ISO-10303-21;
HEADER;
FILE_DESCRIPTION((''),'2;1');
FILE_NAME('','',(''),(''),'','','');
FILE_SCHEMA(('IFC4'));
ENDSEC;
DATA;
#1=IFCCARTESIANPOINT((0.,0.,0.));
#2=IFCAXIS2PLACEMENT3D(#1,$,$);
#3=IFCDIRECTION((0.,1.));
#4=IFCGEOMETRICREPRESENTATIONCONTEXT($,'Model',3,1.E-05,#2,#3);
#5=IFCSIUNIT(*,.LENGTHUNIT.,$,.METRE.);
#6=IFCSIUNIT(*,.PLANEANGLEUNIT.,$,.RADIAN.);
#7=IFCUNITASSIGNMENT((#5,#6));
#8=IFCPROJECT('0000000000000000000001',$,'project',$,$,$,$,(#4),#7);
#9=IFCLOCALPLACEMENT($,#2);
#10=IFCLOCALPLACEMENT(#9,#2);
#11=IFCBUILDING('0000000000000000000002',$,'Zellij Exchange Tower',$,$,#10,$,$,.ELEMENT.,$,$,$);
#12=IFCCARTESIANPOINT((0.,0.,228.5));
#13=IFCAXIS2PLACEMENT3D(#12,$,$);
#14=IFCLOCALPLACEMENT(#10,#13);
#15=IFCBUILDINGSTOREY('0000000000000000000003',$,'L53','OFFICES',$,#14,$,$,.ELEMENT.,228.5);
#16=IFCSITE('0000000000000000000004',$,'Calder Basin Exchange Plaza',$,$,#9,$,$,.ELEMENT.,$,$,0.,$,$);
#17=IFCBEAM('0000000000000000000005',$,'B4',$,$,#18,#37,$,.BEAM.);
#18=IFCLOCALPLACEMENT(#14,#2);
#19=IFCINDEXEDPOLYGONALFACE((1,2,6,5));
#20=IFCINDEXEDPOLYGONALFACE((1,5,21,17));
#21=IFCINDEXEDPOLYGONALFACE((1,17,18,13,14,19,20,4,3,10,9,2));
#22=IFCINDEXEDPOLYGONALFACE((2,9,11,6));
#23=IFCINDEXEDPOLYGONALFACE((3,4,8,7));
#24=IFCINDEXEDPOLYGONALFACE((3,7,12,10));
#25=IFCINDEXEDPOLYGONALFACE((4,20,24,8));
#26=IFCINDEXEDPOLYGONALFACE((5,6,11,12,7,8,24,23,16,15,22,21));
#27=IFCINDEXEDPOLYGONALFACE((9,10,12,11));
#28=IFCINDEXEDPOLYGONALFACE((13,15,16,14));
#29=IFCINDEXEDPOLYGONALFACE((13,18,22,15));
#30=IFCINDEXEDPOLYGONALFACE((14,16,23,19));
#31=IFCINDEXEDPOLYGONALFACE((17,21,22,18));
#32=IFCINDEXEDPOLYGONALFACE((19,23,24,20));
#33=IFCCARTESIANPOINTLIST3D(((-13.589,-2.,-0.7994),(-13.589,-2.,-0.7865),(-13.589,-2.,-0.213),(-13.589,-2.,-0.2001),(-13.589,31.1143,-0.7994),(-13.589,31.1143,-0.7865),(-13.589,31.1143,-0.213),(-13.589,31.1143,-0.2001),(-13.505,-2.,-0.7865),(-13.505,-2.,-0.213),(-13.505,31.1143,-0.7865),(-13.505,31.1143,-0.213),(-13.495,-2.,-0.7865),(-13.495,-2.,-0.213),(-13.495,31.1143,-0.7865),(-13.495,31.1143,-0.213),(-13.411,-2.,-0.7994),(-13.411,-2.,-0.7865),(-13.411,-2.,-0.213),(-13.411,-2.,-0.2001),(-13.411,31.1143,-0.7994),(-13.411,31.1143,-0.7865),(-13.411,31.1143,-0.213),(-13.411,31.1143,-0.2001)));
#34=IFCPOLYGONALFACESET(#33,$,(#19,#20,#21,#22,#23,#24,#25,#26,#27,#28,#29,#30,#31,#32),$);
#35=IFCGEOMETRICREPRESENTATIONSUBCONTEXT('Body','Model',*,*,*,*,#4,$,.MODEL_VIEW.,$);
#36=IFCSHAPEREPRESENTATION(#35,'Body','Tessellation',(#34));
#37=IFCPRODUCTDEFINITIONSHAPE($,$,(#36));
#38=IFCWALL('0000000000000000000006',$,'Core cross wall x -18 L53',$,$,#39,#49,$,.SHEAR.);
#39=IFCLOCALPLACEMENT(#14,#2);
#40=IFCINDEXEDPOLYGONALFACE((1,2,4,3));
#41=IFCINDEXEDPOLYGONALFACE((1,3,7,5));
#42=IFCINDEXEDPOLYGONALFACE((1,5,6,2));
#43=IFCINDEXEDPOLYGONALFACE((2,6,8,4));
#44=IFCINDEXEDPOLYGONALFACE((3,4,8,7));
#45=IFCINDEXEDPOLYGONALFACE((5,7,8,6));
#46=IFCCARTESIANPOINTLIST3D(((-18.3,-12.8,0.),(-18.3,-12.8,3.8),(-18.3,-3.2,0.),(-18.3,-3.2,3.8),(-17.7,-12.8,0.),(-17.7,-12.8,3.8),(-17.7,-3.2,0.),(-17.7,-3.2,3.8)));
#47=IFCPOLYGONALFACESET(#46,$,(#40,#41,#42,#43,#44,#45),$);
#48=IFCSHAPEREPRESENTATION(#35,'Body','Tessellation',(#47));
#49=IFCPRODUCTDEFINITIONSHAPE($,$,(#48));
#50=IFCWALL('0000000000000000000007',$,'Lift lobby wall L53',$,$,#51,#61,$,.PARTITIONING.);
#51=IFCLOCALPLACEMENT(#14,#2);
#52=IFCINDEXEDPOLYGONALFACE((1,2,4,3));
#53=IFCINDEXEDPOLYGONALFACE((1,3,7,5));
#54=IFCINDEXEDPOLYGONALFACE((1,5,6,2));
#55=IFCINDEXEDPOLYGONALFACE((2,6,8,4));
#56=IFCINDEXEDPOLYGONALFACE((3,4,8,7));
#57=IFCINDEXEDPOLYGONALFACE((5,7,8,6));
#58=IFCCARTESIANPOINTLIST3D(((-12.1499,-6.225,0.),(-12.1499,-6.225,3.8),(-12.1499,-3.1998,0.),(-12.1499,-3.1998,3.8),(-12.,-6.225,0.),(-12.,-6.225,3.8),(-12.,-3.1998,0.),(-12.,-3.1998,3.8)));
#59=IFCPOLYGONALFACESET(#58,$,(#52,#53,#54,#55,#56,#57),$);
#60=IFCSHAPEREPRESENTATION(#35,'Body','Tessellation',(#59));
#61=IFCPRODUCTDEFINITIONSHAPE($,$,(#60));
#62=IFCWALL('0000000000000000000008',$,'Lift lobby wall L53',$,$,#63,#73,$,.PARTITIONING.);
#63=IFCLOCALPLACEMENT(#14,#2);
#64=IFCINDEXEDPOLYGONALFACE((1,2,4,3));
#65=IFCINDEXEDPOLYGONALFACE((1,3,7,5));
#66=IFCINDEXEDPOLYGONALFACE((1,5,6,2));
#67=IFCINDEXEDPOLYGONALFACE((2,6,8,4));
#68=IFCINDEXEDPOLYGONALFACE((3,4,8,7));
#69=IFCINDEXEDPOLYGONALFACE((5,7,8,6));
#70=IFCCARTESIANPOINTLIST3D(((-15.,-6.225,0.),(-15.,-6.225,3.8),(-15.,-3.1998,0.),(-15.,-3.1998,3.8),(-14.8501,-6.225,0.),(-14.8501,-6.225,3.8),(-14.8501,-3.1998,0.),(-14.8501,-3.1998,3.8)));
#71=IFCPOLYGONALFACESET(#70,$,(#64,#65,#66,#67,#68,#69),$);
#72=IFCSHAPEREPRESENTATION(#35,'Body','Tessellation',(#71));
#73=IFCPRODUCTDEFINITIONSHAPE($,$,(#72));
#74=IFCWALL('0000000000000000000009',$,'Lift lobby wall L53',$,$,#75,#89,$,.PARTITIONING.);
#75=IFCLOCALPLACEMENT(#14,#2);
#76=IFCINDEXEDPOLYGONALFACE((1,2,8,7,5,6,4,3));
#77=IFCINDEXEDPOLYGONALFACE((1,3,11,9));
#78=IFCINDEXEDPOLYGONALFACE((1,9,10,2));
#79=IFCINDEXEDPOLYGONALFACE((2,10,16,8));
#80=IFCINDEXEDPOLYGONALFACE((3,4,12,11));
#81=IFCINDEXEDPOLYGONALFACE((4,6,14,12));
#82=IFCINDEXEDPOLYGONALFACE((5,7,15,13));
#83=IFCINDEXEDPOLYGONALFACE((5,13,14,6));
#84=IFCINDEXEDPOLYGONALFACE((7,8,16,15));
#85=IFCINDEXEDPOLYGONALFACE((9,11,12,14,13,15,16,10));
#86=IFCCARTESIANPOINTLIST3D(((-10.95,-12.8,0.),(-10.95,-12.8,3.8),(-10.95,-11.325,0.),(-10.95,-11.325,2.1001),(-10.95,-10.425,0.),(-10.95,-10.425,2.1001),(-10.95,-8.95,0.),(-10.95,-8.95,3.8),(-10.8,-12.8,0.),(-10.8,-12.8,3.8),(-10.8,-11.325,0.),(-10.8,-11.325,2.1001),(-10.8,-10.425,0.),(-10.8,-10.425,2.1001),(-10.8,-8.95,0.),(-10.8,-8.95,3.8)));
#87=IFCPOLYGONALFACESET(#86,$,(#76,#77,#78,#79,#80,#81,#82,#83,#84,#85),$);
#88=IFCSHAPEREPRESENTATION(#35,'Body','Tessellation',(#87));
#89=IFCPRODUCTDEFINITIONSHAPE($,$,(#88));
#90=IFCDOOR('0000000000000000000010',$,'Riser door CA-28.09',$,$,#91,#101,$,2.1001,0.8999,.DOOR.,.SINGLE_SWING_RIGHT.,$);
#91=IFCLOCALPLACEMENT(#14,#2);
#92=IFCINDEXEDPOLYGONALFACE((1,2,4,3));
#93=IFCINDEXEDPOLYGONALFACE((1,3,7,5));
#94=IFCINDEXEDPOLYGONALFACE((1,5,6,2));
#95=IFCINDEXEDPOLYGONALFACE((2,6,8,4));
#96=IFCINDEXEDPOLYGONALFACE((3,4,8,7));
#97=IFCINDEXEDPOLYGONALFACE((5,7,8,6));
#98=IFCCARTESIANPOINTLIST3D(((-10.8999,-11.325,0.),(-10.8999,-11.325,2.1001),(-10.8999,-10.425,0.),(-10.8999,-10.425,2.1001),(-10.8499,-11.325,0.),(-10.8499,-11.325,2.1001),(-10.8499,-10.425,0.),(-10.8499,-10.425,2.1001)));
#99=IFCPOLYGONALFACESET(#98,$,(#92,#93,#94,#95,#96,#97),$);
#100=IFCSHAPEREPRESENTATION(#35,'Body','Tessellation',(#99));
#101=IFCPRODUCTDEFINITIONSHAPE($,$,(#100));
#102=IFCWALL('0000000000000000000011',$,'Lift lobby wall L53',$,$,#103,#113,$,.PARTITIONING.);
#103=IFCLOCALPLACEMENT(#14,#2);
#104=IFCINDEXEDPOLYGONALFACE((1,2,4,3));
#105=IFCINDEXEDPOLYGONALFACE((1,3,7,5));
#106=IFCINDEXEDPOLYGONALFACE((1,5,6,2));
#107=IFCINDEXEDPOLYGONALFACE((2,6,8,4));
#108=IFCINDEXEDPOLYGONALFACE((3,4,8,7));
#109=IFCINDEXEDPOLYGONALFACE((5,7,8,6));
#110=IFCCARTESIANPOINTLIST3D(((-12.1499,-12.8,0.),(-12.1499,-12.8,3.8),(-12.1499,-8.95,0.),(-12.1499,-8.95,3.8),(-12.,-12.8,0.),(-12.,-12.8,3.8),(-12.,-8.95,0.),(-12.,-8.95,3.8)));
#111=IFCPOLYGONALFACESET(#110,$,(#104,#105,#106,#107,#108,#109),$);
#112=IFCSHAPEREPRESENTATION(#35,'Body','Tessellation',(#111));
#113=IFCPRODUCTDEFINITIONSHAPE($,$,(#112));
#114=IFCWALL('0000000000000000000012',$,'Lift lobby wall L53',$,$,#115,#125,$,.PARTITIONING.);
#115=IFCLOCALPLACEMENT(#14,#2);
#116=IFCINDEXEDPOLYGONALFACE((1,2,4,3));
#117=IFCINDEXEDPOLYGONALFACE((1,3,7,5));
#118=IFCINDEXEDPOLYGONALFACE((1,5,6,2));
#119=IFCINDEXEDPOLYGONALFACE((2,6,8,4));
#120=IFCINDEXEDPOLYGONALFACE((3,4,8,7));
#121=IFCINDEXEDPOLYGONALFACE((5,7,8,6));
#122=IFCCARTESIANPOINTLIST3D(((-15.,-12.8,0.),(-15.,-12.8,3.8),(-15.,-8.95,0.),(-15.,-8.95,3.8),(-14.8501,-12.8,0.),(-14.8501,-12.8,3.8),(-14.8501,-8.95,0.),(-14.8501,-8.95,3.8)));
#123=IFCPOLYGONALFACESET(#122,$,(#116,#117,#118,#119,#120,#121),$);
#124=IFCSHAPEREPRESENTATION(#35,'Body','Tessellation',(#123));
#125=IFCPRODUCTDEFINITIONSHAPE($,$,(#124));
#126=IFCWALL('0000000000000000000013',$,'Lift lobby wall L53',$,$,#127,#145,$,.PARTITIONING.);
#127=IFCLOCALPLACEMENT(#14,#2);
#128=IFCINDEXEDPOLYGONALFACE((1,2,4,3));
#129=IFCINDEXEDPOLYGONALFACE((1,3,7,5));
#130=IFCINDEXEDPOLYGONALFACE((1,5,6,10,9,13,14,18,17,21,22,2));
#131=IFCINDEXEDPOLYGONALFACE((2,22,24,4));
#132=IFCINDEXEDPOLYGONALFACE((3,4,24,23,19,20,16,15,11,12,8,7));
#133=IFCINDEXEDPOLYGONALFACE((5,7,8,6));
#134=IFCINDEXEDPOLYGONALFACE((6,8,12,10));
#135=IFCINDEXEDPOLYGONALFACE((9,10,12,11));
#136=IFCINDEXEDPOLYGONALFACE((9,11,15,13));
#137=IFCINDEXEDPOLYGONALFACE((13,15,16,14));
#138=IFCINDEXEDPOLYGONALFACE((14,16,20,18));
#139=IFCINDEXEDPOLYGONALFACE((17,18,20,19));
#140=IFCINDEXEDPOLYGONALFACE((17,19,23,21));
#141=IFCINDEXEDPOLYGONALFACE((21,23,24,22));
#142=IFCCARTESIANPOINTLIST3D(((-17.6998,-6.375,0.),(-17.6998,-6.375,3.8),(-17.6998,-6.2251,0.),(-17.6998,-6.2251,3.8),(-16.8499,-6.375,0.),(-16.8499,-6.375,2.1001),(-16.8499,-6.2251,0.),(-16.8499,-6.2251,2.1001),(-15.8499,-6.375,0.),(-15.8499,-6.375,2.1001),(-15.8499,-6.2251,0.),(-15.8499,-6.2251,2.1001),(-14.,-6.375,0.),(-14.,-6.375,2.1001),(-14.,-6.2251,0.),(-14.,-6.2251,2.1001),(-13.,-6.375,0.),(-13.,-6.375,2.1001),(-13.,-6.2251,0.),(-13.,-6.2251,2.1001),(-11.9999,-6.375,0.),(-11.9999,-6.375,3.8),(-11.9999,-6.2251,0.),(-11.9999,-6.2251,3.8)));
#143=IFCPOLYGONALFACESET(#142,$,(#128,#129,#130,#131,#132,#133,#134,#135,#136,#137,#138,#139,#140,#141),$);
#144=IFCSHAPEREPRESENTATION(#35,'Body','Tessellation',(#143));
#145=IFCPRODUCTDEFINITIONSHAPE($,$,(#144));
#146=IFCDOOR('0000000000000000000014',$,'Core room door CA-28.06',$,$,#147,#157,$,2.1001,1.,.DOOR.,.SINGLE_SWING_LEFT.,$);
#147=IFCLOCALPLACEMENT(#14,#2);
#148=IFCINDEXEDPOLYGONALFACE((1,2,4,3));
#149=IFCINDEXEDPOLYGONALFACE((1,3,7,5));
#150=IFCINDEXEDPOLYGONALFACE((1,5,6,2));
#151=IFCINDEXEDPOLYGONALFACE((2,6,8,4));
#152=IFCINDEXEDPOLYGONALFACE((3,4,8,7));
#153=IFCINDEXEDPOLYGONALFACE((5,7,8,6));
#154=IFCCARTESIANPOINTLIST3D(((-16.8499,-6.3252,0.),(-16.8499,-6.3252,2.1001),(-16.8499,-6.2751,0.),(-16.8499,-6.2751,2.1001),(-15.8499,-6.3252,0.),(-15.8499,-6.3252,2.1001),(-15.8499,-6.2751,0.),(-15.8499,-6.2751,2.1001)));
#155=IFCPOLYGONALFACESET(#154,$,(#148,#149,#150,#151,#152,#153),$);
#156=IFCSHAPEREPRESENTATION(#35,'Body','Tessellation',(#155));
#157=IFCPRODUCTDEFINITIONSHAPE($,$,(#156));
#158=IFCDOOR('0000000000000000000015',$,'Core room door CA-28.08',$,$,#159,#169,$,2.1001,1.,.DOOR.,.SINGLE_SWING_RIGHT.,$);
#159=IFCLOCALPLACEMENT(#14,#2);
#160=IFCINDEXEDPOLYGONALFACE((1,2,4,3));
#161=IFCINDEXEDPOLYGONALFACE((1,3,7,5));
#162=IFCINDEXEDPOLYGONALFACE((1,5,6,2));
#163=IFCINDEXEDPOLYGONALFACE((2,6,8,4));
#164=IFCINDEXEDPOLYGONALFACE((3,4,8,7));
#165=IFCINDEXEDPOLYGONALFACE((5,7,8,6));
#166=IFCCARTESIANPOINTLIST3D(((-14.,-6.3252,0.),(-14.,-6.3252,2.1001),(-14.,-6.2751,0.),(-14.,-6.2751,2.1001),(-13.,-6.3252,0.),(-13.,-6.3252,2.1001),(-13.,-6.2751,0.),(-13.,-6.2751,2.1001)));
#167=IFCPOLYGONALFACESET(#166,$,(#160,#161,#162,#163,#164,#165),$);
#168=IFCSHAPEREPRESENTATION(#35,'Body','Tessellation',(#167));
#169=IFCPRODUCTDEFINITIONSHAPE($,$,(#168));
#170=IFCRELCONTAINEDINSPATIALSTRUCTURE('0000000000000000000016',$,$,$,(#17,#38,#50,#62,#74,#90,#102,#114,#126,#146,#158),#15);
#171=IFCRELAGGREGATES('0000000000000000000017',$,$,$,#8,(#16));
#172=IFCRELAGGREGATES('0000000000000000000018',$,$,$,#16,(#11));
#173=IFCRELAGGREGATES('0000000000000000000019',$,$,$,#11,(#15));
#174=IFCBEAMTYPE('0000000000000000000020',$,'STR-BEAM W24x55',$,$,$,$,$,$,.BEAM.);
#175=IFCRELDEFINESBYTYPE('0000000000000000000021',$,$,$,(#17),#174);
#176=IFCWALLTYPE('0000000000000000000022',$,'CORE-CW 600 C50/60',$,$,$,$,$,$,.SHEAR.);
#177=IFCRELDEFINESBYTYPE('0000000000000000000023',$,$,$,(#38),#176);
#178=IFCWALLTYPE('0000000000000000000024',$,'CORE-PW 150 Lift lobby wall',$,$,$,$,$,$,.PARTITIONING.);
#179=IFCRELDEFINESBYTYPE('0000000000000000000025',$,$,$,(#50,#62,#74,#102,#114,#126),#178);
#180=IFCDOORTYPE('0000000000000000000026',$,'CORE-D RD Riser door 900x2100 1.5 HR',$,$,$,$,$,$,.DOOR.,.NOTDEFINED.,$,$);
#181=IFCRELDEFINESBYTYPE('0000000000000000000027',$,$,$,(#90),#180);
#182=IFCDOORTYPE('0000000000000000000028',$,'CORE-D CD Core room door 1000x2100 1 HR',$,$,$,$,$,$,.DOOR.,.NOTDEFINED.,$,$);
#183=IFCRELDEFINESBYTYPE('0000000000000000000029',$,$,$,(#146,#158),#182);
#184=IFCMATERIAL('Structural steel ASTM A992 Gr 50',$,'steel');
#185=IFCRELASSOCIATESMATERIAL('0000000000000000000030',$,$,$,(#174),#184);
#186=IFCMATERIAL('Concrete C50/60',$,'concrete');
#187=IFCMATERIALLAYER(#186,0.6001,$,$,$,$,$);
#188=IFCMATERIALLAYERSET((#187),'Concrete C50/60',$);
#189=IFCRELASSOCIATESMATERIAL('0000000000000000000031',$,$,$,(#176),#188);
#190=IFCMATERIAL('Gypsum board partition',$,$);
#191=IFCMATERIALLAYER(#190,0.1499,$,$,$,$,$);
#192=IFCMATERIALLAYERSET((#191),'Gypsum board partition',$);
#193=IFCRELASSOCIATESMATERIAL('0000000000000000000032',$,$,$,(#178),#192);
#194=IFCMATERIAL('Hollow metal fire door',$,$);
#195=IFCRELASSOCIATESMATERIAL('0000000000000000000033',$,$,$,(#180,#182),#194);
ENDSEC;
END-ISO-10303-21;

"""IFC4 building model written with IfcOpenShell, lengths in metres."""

from ifc_helpers import new_model, si_unit, direction, frame, frame_2d, origin, origin_2d, place, context, subcontext, project, spatial, rectangle, i_section, extrude, material, layer, layer_set, material_profile, profile_set, type_object, element, fill, save


model = new_model("IFC4")

# Units and contexts
model_context = context("Model", 3, precision=1e-05, world=origin(), true_north=direction((0.0, 1.0)))
body_context = subcontext(model_context, "Body", "Model", "MODEL_VIEW")
ifc_project = project(units=[si_unit("LENGTHUNIT", "METRE"), si_unit("PLANEANGLEUNIT", "RADIAN")], contexts=[model_context])

# Site, building, storey
site_placement = place(None, origin())
site = spatial("IfcSite", under=ifc_project, at=site_placement, Name="Calder Basin Exchange Plaza", CompositionType="ELEMENT", RefElevation=0.0)
building_placement = place(site_placement, origin())
building = spatial("IfcBuilding", under=site, at=building_placement, Name="Zellij Exchange Tower", CompositionType="ELEMENT")
storey_placement = place(building_placement, frame((0.0, 0.0, 228.5)))
storey = spatial("IfcBuildingStorey", under=building, at=storey_placement, Name="L53", Description="OFFICES", CompositionType="ELEMENT", Elevation=228.5)

# Beam
ifc_material_1 = material(Name="Structural steel ASTM A992 Gr 50", Category="steel")
ifc_material_profile = material_profile(ifc_material_1, i_section(OverallWidth=0.178, OverallDepth=0.5994, WebThickness=0.01, FlangeThickness=0.0129, at=origin_2d()), Name="W24x55")
ifc_profile_set = profile_set([ifc_material_profile], Name="Structural steel ASTM A992 Gr 50")
beam_type = type_object("IfcBeamType", Name="STR-BEAM W24x55", PredefinedType="BEAM", material=ifc_profile_set)
beam_placement = place(storey_placement, frame((-13.5, -2.0, -0.4998), z_axis=(0.0, 1.0, 0.0), x_axis=(-1.0, 0.0, 0.0)))
element("IfcBeam", 1, at=beam_placement, inside=storey, type_object=beam_type, Name="B4", PredefinedType="BEAM", context=body_context, shape_type="SweptSolid", body=[
    extrude(i_section(OverallWidth=0.178, OverallDepth=0.5994, WebThickness=0.01, FlangeThickness=0.0129, at=origin_2d()), origin(), (0.0, 0.0, 1.0), 33.1143),
])

# Walls
ifc_material_2 = material(Name="Concrete C50/60", Category="concrete")
ifc_layer_1 = layer(ifc_material_2, 0.6001)
ifc_layer_set_1 = layer_set([ifc_layer_1], Name="Concrete C50/60")
wall_type_1 = type_object("IfcWallType", Name="CORE-CW 600 C50/60", PredefinedType="SHEAR", material=ifc_layer_set_1)
wall_1_placement = place(storey_placement, frame((-18.0, -12.8, 0.0), z_axis=(0.0, 0.0, 1.0), x_axis=(0.0, 1.0, 0.0)))
element("IfcWall", 2, at=wall_1_placement, inside=storey, type_object=wall_type_1, Name="Core cross wall x -18 L53", PredefinedType="SHEAR", context=body_context, shape_type="SweptSolid", body=[
    extrude(rectangle(XDim=9.6001, YDim=0.6001, at=frame_2d((4.8, 0.0))), origin(), (0.0, 0.0, 1.0), 3.8),
])
ifc_material_3 = material(Name="Gypsum board partition")
ifc_layer_2 = layer(ifc_material_3, 0.1499)
ifc_layer_set_2 = layer_set([ifc_layer_2], Name="Gypsum board partition")
wall_type_2 = type_object("IfcWallType", Name="CORE-PW 150 Lift lobby wall", PredefinedType="PARTITIONING", material=ifc_layer_set_2)
for number, where, z_axis, x_axis, name in (
    (3, (-12.075, -6.2251, 0.0), (0.0, 0.0, 1.0), (0.0, 1.0, 0.0), "Lift lobby wall L53"),
    (4, (-14.925, -6.2251, 0.0), (0.0, 0.0, 1.0), (0.0, 1.0, 0.0), "Lift lobby wall L53"),
):
    element("IfcWall", number, at=place(storey_placement, frame(where, z_axis=z_axis, x_axis=x_axis)), inside=storey, type_object=wall_type_2, Name=name, PredefinedType="PARTITIONING", context=body_context, shape_type="SweptSolid", body=[
        extrude(rectangle(XDim=3.0251, YDim=0.1499, at=frame_2d((1.5127, 0.0))), origin(), (0.0, 0.0, 1.0), 3.8),
    ])

# Wall, opening, door
wall_2_placement = place(storey_placement, frame((-10.875, -12.8, 0.0), z_axis=(0.0, 0.0, 1.0), x_axis=(0.0, 1.0, 0.0)))
wall_2 = element("IfcWall", 5, at=wall_2_placement, inside=storey, type_object=wall_type_2, Name="Lift lobby wall L53", PredefinedType="PARTITIONING", context=body_context, shape_type="SweptSolid", body=[
    extrude(rectangle(XDim=3.8501, YDim=0.1499, at=frame_2d((1.925, 0.0))), origin(), (0.0, 0.0, 1.0), 3.8),
])
opening_1_placement = place(wall_2_placement, frame((1.4751, 0.0, 0.0)))
opening_1 = element("IfcOpeningElement", 6, at=opening_1_placement, cuts=wall_2, PredefinedType="OPENING", context=body_context, shape_type="SweptSolid", body=[
    extrude(rectangle(XDim=0.8999, YDim=2.1001, at=frame_2d((0.45, 1.05))), frame((0.0, 0.0869, 0.0), z_axis=(0.0, -1.0, 0.0), x_axis=(1.0, 0.0, 0.0)), (0.0, 0.0, 1.0), 0.1738),
])
ifc_material_4 = material(Name="Hollow metal fire door")
door_type_1 = type_object("IfcDoorType", Name="CORE-D RD Riser door 900x2100 1.5 HR", OperationType="NOTDEFINED", PredefinedType="DOOR", material=ifc_material_4)
door_1_placement = place(opening_1_placement, origin())
door_1 = element("IfcDoor", 7, at=door_1_placement, inside=storey, type_object=door_type_1, Name="Riser door CA-28.09", OperationType="SINGLE_SWING_RIGHT", OverallHeight=2.1001, OverallWidth=0.8999, PredefinedType="DOOR", context=body_context, shape_type="SweptSolid", body=[
    extrude(rectangle(XDim=0.8999, YDim=2.1001, at=frame_2d((0.45, 1.05))), frame((0.0, 0.0249, 0.0), z_axis=(0.0, -1.0, 0.0), x_axis=(1.0, 0.0, 0.0)), (0.0, 0.0, 1.0), 0.05),
])
fill(opening_1, door_1)

# Walls
for number, where, z_axis, x_axis, name in (
    (8, (-12.075, -12.8, 0.0), (0.0, 0.0, 1.0), (0.0, 1.0, 0.0), "Lift lobby wall L53"),
    (9, (-14.925, -12.8, 0.0), (0.0, 0.0, 1.0), (0.0, 1.0, 0.0), "Lift lobby wall L53"),
):
    element("IfcWall", number, at=place(storey_placement, frame(where, z_axis=z_axis, x_axis=x_axis)), inside=storey, type_object=wall_type_2, Name=name, PredefinedType="PARTITIONING", context=body_context, shape_type="SweptSolid", body=[
        extrude(rectangle(XDim=3.8501, YDim=0.1499, at=frame_2d((1.925, 0.0))), origin(), (0.0, 0.0, 1.0), 3.8),
    ])

# Wall, openings, doors
wall_3_placement = place(storey_placement, frame((-17.7, -6.3, 0.0), z_axis=(0.0, 0.0, 1.0), x_axis=(1.0, 0.0, 0.0)))
wall_3 = element("IfcWall", 10, at=wall_3_placement, inside=storey, type_object=wall_type_2, Name="Lift lobby wall L53", PredefinedType="PARTITIONING", context=body_context, shape_type="SweptSolid", body=[
    extrude(rectangle(XDim=5.7, YDim=0.1499, at=frame_2d((2.8501, 0.0))), origin(), (0.0, 0.0, 1.0), 3.8),
])
opening_2_placement = place(wall_3_placement, frame((0.8501, 0.0, 0.0)))
opening_2 = element("IfcOpeningElement", 11, at=opening_2_placement, cuts=wall_3, PredefinedType="OPENING", context=body_context, shape_type="SweptSolid", body=[
    extrude(rectangle(XDim=1.0, YDim=2.1001, at=frame_2d((0.5, 1.05))), frame((0.0, 0.0869, 0.0), z_axis=(0.0, -1.0, 0.0), x_axis=(1.0, 0.0, 0.0)), (0.0, 0.0, 1.0), 0.1738),
])
opening_3_placement = place(wall_3_placement, frame((3.7, 0.0, 0.0)))
opening_3 = element("IfcOpeningElement", 12, at=opening_3_placement, cuts=wall_3, PredefinedType="OPENING", context=body_context, shape_type="SweptSolid", body=[
    extrude(rectangle(XDim=1.0, YDim=2.1001, at=frame_2d((0.5, 1.05))), frame((0.0, 0.0869, 0.0), z_axis=(0.0, -1.0, 0.0), x_axis=(1.0, 0.0, 0.0)), (0.0, 0.0, 1.0), 0.1738),
])
door_type_2 = type_object("IfcDoorType", Name="CORE-D CD Core room door 1000x2100 1 HR", OperationType="NOTDEFINED", PredefinedType="DOOR", material=ifc_material_4)
door_2_placement = place(opening_2_placement, origin())
door_2 = element("IfcDoor", 13, at=door_2_placement, inside=storey, type_object=door_type_2, Name="Core room door CA-28.06", OperationType="SINGLE_SWING_LEFT", OverallHeight=2.1001, OverallWidth=1.0, PredefinedType="DOOR", context=body_context, shape_type="SweptSolid", body=[
    extrude(rectangle(XDim=1.0, YDim=2.1001, at=frame_2d((0.5, 1.05))), frame((0.0, 0.0249, 0.0), z_axis=(0.0, -1.0, 0.0), x_axis=(1.0, 0.0, 0.0)), (0.0, 0.0, 1.0), 0.05),
])
fill(opening_2, door_2)
door_3_placement = place(opening_3_placement, origin())
door_3 = element("IfcDoor", 14, at=door_3_placement, inside=storey, type_object=door_type_2, Name="Core room door CA-28.08", OperationType="SINGLE_SWING_RIGHT", OverallHeight=2.1001, OverallWidth=1.0, PredefinedType="DOOR", context=body_context, shape_type="SweptSolid", body=[
    extrude(rectangle(XDim=1.0, YDim=2.1001, at=frame_2d((0.5, 1.05))), frame((0.0, 0.0249, 0.0), z_axis=(0.0, -1.0, 0.0), x_axis=(1.0, 0.0, 0.0)), (0.0, 0.0, 1.0), 0.05),
])
fill(opening_3, door_3)

save(model, "model.ifc")
